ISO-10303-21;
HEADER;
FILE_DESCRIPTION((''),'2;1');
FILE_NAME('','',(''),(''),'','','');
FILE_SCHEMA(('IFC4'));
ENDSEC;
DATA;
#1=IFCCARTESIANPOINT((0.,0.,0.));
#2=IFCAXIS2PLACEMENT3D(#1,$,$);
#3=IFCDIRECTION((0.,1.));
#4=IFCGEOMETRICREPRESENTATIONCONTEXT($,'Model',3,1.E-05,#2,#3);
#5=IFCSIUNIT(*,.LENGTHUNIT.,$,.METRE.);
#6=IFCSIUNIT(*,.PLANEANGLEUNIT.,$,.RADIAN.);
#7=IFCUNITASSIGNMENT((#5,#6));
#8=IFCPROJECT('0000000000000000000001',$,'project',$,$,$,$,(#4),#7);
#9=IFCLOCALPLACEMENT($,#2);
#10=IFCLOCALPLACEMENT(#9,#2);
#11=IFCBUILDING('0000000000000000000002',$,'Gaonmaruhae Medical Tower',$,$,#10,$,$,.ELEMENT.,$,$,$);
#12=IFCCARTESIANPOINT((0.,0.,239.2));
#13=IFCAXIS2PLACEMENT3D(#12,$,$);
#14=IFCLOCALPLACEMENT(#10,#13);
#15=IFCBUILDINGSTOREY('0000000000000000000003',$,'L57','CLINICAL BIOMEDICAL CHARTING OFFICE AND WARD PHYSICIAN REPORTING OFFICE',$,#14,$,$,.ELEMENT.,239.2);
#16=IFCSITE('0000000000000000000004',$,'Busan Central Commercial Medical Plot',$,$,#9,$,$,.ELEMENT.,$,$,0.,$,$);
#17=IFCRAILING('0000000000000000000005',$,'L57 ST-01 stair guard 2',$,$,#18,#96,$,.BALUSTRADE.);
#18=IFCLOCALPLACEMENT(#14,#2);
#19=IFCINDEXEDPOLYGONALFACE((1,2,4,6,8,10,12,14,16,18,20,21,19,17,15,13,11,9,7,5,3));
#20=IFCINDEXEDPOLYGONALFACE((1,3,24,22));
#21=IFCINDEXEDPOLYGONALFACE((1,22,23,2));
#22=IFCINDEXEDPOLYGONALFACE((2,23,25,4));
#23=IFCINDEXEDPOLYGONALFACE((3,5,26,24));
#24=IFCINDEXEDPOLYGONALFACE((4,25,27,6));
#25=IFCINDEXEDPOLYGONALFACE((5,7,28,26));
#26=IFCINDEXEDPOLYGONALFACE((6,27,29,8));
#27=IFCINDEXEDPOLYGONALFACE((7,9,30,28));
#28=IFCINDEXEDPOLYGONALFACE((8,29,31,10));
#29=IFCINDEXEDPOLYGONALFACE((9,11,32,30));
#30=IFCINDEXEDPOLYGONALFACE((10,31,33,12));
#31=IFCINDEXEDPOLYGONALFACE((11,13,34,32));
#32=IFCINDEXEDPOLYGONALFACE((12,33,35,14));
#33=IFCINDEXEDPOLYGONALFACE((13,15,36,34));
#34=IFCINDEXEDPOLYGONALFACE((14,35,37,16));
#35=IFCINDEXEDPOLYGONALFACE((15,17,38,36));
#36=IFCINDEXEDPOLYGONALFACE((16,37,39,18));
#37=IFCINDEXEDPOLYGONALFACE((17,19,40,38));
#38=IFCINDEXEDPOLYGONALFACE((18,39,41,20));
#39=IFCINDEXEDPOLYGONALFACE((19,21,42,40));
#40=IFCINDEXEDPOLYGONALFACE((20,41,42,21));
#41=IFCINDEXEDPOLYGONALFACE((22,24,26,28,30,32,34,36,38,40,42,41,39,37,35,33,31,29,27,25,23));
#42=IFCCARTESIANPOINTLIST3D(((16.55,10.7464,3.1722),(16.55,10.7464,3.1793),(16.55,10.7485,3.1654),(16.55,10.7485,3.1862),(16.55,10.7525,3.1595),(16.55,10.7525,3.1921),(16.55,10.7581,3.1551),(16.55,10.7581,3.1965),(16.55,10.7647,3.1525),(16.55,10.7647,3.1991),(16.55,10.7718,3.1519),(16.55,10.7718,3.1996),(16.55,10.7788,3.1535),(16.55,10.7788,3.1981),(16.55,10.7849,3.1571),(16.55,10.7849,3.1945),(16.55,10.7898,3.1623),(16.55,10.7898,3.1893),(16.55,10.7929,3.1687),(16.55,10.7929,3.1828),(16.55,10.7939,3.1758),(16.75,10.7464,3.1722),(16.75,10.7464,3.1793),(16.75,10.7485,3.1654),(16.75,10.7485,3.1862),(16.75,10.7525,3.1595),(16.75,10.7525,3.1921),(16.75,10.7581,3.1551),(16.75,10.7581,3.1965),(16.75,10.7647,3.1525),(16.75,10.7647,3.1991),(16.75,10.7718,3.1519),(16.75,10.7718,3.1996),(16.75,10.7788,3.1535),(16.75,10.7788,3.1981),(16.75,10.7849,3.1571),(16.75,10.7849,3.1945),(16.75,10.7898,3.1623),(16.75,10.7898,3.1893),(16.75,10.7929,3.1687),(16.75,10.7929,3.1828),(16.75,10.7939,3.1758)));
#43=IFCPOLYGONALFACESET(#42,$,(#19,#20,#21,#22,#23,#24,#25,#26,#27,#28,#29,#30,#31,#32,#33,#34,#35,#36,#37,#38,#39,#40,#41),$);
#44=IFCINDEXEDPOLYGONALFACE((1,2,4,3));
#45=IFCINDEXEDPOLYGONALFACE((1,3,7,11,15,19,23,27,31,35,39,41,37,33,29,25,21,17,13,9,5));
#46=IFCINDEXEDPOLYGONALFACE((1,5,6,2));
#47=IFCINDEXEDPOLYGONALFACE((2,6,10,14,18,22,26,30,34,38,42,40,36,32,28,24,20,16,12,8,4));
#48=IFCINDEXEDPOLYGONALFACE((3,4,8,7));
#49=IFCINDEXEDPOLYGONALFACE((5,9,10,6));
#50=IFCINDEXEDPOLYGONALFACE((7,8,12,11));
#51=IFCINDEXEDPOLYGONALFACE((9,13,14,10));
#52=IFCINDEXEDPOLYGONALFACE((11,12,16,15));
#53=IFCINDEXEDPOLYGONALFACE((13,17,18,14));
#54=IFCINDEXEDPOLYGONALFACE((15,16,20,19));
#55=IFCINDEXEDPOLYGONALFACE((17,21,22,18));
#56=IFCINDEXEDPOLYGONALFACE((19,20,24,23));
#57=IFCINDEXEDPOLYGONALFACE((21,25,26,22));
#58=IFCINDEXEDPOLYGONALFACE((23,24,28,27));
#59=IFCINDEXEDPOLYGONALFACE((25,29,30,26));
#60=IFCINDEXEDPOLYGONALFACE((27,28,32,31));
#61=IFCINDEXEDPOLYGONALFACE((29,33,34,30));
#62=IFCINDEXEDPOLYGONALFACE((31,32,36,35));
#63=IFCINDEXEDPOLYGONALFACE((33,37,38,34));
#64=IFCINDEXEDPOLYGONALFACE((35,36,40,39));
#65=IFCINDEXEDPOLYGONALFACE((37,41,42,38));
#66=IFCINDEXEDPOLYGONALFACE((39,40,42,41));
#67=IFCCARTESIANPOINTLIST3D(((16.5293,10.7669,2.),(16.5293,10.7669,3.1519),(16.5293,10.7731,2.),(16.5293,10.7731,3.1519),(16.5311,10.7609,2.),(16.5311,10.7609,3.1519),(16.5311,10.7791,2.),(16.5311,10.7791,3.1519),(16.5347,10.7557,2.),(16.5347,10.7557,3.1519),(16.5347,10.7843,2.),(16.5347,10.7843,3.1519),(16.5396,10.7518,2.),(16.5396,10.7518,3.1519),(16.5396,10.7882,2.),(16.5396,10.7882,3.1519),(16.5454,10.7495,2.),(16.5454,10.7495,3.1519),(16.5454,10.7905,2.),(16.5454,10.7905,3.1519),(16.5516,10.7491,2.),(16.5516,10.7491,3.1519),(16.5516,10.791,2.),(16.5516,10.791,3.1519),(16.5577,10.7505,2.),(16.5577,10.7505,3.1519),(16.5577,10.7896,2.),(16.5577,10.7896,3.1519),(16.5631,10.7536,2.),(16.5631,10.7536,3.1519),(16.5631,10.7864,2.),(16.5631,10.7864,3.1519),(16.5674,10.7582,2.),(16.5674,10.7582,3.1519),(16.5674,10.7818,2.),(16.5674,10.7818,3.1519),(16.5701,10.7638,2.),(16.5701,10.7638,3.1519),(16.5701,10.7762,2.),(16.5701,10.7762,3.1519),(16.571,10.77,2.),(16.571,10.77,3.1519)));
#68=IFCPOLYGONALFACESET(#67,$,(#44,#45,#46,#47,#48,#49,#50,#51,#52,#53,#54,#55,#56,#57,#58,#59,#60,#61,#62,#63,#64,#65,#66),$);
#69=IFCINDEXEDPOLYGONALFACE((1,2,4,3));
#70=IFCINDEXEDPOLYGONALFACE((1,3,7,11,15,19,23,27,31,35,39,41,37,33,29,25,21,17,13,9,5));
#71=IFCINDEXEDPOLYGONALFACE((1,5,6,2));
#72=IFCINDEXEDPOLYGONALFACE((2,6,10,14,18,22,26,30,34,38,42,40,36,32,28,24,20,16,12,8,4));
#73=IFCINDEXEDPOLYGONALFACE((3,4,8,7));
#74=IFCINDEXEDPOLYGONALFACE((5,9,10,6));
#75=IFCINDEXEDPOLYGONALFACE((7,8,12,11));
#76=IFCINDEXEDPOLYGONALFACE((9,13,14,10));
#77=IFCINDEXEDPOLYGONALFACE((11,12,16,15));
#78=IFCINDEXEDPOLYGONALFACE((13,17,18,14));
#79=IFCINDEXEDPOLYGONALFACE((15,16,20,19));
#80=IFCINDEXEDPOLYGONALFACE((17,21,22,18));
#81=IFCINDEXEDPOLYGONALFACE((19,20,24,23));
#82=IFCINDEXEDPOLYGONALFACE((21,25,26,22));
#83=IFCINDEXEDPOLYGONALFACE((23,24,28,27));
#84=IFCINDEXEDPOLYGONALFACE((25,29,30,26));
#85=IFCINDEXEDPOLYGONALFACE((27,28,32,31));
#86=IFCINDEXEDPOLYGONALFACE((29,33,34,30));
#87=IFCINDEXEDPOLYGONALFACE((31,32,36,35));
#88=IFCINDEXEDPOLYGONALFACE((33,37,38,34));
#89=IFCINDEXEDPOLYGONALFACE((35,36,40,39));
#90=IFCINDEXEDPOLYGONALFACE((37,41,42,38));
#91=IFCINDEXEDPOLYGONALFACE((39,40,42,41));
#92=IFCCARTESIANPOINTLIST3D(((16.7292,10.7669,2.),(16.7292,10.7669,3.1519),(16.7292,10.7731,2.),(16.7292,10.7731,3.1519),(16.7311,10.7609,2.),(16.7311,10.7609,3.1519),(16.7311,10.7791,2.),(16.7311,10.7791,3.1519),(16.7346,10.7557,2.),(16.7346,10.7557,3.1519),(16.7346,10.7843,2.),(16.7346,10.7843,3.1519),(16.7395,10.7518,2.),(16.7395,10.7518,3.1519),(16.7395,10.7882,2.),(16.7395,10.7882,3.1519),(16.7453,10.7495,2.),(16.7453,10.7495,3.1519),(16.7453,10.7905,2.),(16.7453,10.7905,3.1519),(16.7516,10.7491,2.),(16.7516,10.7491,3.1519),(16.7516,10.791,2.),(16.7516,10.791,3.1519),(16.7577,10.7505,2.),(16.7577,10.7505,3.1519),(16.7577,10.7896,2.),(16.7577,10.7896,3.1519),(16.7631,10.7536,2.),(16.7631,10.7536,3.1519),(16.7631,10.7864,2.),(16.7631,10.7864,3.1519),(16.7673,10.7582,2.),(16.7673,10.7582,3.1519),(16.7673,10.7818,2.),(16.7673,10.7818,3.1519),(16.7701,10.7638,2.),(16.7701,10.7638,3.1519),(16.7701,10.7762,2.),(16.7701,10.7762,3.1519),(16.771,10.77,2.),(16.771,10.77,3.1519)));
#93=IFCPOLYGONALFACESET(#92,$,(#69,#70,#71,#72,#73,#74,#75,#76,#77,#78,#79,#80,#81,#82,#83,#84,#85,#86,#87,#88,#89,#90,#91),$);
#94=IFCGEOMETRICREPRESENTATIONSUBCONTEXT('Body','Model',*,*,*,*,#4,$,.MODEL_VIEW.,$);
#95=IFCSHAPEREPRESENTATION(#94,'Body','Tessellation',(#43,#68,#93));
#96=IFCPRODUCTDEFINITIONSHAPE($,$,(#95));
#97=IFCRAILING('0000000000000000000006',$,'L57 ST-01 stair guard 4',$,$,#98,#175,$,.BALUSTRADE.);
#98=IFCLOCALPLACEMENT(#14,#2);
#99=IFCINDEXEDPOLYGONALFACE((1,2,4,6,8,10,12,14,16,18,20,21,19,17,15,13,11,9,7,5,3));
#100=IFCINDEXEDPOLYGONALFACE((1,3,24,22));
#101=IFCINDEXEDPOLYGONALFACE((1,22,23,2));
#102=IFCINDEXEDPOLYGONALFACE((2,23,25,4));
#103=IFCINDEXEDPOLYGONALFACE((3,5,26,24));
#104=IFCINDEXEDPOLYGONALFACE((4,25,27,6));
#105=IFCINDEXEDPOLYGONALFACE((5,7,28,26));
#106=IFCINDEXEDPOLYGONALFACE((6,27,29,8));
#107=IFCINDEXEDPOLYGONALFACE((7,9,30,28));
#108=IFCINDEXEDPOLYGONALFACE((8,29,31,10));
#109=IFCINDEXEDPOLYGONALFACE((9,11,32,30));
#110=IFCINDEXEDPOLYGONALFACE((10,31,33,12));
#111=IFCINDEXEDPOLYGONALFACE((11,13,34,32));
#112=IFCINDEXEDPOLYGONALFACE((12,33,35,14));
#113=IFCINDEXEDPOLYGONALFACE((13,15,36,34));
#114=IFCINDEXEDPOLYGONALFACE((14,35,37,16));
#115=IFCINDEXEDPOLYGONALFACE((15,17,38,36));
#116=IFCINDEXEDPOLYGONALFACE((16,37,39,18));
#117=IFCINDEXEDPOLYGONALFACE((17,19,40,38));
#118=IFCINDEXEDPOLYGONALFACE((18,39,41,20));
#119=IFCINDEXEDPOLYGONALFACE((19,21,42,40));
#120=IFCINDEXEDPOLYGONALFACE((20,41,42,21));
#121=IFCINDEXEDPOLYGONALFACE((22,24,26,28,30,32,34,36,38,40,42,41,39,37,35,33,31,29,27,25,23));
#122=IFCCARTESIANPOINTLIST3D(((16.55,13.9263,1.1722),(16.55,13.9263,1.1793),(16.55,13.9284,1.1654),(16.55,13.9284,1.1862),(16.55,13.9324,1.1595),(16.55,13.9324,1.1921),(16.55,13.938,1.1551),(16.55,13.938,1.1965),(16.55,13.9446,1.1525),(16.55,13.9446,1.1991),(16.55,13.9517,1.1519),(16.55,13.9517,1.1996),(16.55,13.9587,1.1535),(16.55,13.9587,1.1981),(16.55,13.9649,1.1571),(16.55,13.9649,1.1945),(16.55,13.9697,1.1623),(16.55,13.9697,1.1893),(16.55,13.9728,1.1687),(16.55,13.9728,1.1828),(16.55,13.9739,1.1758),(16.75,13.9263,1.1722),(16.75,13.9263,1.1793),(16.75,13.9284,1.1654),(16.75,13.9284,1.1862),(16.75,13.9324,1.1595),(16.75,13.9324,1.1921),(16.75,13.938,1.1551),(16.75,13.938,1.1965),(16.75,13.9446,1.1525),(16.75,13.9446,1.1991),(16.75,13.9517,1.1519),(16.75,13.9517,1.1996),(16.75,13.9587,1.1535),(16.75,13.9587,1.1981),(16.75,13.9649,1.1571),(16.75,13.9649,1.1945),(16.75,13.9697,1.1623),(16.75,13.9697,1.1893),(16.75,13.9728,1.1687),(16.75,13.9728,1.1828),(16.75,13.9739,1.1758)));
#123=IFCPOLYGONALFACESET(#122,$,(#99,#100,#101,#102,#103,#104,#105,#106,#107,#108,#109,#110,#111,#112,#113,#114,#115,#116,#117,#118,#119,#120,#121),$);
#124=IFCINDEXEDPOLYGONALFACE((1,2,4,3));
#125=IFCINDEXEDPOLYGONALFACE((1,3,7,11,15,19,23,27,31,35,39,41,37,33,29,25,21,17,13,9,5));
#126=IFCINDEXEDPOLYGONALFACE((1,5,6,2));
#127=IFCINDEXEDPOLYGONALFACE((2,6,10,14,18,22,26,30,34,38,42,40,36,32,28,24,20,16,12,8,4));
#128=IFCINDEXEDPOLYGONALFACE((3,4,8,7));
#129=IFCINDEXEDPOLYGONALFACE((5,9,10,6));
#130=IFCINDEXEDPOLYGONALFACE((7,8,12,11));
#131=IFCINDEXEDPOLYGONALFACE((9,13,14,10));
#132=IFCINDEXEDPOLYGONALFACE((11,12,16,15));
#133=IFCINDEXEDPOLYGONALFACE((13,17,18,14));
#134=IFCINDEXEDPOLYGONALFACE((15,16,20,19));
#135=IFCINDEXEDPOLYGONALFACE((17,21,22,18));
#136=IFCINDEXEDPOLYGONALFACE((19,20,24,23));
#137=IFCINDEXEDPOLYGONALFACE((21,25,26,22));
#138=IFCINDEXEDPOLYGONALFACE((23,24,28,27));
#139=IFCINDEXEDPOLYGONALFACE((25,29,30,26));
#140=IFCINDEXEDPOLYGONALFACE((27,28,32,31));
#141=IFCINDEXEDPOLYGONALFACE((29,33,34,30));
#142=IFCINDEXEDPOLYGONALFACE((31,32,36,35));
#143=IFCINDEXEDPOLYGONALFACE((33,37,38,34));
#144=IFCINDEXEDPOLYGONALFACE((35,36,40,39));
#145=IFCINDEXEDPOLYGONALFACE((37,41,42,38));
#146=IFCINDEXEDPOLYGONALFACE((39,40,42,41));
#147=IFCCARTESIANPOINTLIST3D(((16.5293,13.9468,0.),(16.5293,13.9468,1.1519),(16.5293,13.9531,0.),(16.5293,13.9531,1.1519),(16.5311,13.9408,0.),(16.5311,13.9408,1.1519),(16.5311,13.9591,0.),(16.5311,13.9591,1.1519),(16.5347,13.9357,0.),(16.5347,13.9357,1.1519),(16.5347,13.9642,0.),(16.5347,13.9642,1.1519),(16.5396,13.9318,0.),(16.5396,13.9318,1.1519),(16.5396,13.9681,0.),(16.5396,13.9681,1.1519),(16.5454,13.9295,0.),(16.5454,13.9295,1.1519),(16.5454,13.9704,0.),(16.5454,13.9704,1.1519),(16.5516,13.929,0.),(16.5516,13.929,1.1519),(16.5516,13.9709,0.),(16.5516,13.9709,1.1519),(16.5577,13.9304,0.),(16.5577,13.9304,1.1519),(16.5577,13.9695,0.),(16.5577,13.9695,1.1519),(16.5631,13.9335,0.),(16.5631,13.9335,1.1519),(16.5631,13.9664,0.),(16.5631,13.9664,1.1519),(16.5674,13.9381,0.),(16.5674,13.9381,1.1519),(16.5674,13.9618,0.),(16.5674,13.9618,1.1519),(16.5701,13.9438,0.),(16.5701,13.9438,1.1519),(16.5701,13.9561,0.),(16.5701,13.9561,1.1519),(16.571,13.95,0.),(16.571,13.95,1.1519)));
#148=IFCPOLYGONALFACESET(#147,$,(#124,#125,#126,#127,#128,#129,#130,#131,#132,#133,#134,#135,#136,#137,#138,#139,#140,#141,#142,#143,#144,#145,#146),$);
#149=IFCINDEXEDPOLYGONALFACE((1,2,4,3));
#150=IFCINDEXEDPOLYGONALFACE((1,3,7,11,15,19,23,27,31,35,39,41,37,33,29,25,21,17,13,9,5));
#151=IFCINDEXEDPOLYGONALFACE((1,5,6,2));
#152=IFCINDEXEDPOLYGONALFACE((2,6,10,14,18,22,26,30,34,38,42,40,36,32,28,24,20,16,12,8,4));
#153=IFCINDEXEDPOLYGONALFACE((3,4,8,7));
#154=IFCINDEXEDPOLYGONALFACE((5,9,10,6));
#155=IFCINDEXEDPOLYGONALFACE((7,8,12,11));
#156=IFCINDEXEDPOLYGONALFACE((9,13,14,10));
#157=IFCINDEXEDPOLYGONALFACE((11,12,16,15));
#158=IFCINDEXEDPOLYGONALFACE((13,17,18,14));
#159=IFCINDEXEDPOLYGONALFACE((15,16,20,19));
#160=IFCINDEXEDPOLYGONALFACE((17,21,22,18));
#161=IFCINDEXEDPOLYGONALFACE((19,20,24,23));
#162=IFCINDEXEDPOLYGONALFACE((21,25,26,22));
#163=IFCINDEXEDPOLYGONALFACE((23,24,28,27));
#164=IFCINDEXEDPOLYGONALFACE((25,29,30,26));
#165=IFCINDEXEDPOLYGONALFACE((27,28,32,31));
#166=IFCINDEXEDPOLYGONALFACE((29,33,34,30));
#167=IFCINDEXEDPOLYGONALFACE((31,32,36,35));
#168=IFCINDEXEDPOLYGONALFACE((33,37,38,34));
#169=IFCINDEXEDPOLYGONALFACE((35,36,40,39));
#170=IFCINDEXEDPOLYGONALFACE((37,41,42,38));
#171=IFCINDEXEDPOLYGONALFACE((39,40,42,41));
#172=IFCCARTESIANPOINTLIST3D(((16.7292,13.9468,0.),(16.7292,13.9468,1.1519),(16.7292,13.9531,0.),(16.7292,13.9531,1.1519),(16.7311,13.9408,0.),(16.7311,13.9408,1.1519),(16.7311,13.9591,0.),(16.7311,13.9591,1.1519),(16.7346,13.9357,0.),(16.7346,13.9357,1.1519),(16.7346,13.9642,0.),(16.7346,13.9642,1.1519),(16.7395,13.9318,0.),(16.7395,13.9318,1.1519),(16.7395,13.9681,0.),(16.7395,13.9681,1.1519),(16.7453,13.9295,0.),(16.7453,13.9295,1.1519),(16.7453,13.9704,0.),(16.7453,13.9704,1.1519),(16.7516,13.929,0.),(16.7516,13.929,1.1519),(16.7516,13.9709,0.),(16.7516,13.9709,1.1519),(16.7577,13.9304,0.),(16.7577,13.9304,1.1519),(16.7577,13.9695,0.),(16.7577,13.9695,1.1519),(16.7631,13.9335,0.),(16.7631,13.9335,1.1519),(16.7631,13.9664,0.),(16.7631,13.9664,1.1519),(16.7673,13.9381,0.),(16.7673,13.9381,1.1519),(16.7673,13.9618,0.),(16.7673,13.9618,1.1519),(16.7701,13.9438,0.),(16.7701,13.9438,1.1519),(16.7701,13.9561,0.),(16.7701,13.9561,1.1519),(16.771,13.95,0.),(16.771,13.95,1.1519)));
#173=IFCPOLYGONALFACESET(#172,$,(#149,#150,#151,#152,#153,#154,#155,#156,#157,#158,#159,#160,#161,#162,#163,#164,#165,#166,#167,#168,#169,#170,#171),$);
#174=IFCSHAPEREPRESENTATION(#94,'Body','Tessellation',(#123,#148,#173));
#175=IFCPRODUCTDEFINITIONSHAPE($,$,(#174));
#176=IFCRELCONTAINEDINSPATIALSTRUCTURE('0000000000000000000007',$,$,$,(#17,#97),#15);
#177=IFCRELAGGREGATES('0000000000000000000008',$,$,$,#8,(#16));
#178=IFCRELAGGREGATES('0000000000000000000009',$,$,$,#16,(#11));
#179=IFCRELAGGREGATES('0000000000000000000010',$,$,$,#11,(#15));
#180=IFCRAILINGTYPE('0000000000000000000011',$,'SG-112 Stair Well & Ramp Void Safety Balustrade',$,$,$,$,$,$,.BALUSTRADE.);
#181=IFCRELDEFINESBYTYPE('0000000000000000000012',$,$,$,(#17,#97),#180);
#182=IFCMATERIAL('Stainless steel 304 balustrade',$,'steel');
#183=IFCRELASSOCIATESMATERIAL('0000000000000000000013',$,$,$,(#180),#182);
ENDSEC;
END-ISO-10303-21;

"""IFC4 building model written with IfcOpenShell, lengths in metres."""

from ifc_helpers import new_model, si_unit, direction, frame, origin, origin_2d, place, context, subcontext, project, spatial, circle, extrude, material, type_object, element, save


model = new_model("IFC4")

# Units and contexts
model_context = context("Model", 3, precision=1e-05, world=origin(), true_north=direction((0.0, 1.0)))
body_context = subcontext(model_context, "Body", "Model", "MODEL_VIEW")
ifc_project = project(units=[si_unit("LENGTHUNIT", "METRE"), si_unit("PLANEANGLEUNIT", "RADIAN")], contexts=[model_context])

# Site, building, storey
site_placement = place(None, origin())
site = spatial("IfcSite", under=ifc_project, at=site_placement, Name="Busan Central Commercial Medical Plot", CompositionType="ELEMENT", RefElevation=0.0)
building_placement = place(site_placement, origin())
building = spatial("IfcBuilding", under=site, at=building_placement, Name="Gaonmaruhae Medical Tower", CompositionType="ELEMENT")
storey_placement = place(building_placement, frame((0.0, 0.0, 239.2)))
storey = spatial("IfcBuildingStorey", under=building, at=storey_placement, Name="L57", Description="CLINICAL BIOMEDICAL CHARTING OFFICE AND WARD PHYSICIAN REPORTING OFFICE", CompositionType="ELEMENT", Elevation=239.2)

# Railings
ifc_material_1 = material(Name="Stainless steel 304 balustrade", Category="steel")
railing_type_1 = type_object("IfcRailingType", Name="SG-112 Stair Well & Ramp Void Safety Balustrade", PredefinedType="BALUSTRADE", material=ifc_material_1)
for number, where, name in (
    (1, (16.55, 10.77, 2.0), "L57 ST-01 stair guard 2"),
    (2, (16.55, 13.95, 0.0), "L57 ST-01 stair guard 4"),
):
    element("IfcRailing", number, at=place(storey_placement, frame(where)), inside=storey, type_object=railing_type_1, Name=name, PredefinedType="BALUSTRADE", context=body_context, shape_type="SweptSolid", body=[
        extrude(circle(Radius=0.0239, at=origin_2d()), frame((0.0, 0.0, 1.1758), z_axis=(1.0, 0.0, 0.0), x_axis=(0.0, 1.0, 0.0)), (0.0, 0.0, 1.0), 0.2),
        extrude(circle(Radius=0.021, at=origin_2d()), origin(), (0.0, 0.0, 1.0), 1.1519),
        extrude(circle(Radius=0.021, at=origin_2d()), frame((0.2, 0.0, 0.0)), (0.0, 0.0, 1.0), 1.1519),
    ])

save(model, "model.ifc")
